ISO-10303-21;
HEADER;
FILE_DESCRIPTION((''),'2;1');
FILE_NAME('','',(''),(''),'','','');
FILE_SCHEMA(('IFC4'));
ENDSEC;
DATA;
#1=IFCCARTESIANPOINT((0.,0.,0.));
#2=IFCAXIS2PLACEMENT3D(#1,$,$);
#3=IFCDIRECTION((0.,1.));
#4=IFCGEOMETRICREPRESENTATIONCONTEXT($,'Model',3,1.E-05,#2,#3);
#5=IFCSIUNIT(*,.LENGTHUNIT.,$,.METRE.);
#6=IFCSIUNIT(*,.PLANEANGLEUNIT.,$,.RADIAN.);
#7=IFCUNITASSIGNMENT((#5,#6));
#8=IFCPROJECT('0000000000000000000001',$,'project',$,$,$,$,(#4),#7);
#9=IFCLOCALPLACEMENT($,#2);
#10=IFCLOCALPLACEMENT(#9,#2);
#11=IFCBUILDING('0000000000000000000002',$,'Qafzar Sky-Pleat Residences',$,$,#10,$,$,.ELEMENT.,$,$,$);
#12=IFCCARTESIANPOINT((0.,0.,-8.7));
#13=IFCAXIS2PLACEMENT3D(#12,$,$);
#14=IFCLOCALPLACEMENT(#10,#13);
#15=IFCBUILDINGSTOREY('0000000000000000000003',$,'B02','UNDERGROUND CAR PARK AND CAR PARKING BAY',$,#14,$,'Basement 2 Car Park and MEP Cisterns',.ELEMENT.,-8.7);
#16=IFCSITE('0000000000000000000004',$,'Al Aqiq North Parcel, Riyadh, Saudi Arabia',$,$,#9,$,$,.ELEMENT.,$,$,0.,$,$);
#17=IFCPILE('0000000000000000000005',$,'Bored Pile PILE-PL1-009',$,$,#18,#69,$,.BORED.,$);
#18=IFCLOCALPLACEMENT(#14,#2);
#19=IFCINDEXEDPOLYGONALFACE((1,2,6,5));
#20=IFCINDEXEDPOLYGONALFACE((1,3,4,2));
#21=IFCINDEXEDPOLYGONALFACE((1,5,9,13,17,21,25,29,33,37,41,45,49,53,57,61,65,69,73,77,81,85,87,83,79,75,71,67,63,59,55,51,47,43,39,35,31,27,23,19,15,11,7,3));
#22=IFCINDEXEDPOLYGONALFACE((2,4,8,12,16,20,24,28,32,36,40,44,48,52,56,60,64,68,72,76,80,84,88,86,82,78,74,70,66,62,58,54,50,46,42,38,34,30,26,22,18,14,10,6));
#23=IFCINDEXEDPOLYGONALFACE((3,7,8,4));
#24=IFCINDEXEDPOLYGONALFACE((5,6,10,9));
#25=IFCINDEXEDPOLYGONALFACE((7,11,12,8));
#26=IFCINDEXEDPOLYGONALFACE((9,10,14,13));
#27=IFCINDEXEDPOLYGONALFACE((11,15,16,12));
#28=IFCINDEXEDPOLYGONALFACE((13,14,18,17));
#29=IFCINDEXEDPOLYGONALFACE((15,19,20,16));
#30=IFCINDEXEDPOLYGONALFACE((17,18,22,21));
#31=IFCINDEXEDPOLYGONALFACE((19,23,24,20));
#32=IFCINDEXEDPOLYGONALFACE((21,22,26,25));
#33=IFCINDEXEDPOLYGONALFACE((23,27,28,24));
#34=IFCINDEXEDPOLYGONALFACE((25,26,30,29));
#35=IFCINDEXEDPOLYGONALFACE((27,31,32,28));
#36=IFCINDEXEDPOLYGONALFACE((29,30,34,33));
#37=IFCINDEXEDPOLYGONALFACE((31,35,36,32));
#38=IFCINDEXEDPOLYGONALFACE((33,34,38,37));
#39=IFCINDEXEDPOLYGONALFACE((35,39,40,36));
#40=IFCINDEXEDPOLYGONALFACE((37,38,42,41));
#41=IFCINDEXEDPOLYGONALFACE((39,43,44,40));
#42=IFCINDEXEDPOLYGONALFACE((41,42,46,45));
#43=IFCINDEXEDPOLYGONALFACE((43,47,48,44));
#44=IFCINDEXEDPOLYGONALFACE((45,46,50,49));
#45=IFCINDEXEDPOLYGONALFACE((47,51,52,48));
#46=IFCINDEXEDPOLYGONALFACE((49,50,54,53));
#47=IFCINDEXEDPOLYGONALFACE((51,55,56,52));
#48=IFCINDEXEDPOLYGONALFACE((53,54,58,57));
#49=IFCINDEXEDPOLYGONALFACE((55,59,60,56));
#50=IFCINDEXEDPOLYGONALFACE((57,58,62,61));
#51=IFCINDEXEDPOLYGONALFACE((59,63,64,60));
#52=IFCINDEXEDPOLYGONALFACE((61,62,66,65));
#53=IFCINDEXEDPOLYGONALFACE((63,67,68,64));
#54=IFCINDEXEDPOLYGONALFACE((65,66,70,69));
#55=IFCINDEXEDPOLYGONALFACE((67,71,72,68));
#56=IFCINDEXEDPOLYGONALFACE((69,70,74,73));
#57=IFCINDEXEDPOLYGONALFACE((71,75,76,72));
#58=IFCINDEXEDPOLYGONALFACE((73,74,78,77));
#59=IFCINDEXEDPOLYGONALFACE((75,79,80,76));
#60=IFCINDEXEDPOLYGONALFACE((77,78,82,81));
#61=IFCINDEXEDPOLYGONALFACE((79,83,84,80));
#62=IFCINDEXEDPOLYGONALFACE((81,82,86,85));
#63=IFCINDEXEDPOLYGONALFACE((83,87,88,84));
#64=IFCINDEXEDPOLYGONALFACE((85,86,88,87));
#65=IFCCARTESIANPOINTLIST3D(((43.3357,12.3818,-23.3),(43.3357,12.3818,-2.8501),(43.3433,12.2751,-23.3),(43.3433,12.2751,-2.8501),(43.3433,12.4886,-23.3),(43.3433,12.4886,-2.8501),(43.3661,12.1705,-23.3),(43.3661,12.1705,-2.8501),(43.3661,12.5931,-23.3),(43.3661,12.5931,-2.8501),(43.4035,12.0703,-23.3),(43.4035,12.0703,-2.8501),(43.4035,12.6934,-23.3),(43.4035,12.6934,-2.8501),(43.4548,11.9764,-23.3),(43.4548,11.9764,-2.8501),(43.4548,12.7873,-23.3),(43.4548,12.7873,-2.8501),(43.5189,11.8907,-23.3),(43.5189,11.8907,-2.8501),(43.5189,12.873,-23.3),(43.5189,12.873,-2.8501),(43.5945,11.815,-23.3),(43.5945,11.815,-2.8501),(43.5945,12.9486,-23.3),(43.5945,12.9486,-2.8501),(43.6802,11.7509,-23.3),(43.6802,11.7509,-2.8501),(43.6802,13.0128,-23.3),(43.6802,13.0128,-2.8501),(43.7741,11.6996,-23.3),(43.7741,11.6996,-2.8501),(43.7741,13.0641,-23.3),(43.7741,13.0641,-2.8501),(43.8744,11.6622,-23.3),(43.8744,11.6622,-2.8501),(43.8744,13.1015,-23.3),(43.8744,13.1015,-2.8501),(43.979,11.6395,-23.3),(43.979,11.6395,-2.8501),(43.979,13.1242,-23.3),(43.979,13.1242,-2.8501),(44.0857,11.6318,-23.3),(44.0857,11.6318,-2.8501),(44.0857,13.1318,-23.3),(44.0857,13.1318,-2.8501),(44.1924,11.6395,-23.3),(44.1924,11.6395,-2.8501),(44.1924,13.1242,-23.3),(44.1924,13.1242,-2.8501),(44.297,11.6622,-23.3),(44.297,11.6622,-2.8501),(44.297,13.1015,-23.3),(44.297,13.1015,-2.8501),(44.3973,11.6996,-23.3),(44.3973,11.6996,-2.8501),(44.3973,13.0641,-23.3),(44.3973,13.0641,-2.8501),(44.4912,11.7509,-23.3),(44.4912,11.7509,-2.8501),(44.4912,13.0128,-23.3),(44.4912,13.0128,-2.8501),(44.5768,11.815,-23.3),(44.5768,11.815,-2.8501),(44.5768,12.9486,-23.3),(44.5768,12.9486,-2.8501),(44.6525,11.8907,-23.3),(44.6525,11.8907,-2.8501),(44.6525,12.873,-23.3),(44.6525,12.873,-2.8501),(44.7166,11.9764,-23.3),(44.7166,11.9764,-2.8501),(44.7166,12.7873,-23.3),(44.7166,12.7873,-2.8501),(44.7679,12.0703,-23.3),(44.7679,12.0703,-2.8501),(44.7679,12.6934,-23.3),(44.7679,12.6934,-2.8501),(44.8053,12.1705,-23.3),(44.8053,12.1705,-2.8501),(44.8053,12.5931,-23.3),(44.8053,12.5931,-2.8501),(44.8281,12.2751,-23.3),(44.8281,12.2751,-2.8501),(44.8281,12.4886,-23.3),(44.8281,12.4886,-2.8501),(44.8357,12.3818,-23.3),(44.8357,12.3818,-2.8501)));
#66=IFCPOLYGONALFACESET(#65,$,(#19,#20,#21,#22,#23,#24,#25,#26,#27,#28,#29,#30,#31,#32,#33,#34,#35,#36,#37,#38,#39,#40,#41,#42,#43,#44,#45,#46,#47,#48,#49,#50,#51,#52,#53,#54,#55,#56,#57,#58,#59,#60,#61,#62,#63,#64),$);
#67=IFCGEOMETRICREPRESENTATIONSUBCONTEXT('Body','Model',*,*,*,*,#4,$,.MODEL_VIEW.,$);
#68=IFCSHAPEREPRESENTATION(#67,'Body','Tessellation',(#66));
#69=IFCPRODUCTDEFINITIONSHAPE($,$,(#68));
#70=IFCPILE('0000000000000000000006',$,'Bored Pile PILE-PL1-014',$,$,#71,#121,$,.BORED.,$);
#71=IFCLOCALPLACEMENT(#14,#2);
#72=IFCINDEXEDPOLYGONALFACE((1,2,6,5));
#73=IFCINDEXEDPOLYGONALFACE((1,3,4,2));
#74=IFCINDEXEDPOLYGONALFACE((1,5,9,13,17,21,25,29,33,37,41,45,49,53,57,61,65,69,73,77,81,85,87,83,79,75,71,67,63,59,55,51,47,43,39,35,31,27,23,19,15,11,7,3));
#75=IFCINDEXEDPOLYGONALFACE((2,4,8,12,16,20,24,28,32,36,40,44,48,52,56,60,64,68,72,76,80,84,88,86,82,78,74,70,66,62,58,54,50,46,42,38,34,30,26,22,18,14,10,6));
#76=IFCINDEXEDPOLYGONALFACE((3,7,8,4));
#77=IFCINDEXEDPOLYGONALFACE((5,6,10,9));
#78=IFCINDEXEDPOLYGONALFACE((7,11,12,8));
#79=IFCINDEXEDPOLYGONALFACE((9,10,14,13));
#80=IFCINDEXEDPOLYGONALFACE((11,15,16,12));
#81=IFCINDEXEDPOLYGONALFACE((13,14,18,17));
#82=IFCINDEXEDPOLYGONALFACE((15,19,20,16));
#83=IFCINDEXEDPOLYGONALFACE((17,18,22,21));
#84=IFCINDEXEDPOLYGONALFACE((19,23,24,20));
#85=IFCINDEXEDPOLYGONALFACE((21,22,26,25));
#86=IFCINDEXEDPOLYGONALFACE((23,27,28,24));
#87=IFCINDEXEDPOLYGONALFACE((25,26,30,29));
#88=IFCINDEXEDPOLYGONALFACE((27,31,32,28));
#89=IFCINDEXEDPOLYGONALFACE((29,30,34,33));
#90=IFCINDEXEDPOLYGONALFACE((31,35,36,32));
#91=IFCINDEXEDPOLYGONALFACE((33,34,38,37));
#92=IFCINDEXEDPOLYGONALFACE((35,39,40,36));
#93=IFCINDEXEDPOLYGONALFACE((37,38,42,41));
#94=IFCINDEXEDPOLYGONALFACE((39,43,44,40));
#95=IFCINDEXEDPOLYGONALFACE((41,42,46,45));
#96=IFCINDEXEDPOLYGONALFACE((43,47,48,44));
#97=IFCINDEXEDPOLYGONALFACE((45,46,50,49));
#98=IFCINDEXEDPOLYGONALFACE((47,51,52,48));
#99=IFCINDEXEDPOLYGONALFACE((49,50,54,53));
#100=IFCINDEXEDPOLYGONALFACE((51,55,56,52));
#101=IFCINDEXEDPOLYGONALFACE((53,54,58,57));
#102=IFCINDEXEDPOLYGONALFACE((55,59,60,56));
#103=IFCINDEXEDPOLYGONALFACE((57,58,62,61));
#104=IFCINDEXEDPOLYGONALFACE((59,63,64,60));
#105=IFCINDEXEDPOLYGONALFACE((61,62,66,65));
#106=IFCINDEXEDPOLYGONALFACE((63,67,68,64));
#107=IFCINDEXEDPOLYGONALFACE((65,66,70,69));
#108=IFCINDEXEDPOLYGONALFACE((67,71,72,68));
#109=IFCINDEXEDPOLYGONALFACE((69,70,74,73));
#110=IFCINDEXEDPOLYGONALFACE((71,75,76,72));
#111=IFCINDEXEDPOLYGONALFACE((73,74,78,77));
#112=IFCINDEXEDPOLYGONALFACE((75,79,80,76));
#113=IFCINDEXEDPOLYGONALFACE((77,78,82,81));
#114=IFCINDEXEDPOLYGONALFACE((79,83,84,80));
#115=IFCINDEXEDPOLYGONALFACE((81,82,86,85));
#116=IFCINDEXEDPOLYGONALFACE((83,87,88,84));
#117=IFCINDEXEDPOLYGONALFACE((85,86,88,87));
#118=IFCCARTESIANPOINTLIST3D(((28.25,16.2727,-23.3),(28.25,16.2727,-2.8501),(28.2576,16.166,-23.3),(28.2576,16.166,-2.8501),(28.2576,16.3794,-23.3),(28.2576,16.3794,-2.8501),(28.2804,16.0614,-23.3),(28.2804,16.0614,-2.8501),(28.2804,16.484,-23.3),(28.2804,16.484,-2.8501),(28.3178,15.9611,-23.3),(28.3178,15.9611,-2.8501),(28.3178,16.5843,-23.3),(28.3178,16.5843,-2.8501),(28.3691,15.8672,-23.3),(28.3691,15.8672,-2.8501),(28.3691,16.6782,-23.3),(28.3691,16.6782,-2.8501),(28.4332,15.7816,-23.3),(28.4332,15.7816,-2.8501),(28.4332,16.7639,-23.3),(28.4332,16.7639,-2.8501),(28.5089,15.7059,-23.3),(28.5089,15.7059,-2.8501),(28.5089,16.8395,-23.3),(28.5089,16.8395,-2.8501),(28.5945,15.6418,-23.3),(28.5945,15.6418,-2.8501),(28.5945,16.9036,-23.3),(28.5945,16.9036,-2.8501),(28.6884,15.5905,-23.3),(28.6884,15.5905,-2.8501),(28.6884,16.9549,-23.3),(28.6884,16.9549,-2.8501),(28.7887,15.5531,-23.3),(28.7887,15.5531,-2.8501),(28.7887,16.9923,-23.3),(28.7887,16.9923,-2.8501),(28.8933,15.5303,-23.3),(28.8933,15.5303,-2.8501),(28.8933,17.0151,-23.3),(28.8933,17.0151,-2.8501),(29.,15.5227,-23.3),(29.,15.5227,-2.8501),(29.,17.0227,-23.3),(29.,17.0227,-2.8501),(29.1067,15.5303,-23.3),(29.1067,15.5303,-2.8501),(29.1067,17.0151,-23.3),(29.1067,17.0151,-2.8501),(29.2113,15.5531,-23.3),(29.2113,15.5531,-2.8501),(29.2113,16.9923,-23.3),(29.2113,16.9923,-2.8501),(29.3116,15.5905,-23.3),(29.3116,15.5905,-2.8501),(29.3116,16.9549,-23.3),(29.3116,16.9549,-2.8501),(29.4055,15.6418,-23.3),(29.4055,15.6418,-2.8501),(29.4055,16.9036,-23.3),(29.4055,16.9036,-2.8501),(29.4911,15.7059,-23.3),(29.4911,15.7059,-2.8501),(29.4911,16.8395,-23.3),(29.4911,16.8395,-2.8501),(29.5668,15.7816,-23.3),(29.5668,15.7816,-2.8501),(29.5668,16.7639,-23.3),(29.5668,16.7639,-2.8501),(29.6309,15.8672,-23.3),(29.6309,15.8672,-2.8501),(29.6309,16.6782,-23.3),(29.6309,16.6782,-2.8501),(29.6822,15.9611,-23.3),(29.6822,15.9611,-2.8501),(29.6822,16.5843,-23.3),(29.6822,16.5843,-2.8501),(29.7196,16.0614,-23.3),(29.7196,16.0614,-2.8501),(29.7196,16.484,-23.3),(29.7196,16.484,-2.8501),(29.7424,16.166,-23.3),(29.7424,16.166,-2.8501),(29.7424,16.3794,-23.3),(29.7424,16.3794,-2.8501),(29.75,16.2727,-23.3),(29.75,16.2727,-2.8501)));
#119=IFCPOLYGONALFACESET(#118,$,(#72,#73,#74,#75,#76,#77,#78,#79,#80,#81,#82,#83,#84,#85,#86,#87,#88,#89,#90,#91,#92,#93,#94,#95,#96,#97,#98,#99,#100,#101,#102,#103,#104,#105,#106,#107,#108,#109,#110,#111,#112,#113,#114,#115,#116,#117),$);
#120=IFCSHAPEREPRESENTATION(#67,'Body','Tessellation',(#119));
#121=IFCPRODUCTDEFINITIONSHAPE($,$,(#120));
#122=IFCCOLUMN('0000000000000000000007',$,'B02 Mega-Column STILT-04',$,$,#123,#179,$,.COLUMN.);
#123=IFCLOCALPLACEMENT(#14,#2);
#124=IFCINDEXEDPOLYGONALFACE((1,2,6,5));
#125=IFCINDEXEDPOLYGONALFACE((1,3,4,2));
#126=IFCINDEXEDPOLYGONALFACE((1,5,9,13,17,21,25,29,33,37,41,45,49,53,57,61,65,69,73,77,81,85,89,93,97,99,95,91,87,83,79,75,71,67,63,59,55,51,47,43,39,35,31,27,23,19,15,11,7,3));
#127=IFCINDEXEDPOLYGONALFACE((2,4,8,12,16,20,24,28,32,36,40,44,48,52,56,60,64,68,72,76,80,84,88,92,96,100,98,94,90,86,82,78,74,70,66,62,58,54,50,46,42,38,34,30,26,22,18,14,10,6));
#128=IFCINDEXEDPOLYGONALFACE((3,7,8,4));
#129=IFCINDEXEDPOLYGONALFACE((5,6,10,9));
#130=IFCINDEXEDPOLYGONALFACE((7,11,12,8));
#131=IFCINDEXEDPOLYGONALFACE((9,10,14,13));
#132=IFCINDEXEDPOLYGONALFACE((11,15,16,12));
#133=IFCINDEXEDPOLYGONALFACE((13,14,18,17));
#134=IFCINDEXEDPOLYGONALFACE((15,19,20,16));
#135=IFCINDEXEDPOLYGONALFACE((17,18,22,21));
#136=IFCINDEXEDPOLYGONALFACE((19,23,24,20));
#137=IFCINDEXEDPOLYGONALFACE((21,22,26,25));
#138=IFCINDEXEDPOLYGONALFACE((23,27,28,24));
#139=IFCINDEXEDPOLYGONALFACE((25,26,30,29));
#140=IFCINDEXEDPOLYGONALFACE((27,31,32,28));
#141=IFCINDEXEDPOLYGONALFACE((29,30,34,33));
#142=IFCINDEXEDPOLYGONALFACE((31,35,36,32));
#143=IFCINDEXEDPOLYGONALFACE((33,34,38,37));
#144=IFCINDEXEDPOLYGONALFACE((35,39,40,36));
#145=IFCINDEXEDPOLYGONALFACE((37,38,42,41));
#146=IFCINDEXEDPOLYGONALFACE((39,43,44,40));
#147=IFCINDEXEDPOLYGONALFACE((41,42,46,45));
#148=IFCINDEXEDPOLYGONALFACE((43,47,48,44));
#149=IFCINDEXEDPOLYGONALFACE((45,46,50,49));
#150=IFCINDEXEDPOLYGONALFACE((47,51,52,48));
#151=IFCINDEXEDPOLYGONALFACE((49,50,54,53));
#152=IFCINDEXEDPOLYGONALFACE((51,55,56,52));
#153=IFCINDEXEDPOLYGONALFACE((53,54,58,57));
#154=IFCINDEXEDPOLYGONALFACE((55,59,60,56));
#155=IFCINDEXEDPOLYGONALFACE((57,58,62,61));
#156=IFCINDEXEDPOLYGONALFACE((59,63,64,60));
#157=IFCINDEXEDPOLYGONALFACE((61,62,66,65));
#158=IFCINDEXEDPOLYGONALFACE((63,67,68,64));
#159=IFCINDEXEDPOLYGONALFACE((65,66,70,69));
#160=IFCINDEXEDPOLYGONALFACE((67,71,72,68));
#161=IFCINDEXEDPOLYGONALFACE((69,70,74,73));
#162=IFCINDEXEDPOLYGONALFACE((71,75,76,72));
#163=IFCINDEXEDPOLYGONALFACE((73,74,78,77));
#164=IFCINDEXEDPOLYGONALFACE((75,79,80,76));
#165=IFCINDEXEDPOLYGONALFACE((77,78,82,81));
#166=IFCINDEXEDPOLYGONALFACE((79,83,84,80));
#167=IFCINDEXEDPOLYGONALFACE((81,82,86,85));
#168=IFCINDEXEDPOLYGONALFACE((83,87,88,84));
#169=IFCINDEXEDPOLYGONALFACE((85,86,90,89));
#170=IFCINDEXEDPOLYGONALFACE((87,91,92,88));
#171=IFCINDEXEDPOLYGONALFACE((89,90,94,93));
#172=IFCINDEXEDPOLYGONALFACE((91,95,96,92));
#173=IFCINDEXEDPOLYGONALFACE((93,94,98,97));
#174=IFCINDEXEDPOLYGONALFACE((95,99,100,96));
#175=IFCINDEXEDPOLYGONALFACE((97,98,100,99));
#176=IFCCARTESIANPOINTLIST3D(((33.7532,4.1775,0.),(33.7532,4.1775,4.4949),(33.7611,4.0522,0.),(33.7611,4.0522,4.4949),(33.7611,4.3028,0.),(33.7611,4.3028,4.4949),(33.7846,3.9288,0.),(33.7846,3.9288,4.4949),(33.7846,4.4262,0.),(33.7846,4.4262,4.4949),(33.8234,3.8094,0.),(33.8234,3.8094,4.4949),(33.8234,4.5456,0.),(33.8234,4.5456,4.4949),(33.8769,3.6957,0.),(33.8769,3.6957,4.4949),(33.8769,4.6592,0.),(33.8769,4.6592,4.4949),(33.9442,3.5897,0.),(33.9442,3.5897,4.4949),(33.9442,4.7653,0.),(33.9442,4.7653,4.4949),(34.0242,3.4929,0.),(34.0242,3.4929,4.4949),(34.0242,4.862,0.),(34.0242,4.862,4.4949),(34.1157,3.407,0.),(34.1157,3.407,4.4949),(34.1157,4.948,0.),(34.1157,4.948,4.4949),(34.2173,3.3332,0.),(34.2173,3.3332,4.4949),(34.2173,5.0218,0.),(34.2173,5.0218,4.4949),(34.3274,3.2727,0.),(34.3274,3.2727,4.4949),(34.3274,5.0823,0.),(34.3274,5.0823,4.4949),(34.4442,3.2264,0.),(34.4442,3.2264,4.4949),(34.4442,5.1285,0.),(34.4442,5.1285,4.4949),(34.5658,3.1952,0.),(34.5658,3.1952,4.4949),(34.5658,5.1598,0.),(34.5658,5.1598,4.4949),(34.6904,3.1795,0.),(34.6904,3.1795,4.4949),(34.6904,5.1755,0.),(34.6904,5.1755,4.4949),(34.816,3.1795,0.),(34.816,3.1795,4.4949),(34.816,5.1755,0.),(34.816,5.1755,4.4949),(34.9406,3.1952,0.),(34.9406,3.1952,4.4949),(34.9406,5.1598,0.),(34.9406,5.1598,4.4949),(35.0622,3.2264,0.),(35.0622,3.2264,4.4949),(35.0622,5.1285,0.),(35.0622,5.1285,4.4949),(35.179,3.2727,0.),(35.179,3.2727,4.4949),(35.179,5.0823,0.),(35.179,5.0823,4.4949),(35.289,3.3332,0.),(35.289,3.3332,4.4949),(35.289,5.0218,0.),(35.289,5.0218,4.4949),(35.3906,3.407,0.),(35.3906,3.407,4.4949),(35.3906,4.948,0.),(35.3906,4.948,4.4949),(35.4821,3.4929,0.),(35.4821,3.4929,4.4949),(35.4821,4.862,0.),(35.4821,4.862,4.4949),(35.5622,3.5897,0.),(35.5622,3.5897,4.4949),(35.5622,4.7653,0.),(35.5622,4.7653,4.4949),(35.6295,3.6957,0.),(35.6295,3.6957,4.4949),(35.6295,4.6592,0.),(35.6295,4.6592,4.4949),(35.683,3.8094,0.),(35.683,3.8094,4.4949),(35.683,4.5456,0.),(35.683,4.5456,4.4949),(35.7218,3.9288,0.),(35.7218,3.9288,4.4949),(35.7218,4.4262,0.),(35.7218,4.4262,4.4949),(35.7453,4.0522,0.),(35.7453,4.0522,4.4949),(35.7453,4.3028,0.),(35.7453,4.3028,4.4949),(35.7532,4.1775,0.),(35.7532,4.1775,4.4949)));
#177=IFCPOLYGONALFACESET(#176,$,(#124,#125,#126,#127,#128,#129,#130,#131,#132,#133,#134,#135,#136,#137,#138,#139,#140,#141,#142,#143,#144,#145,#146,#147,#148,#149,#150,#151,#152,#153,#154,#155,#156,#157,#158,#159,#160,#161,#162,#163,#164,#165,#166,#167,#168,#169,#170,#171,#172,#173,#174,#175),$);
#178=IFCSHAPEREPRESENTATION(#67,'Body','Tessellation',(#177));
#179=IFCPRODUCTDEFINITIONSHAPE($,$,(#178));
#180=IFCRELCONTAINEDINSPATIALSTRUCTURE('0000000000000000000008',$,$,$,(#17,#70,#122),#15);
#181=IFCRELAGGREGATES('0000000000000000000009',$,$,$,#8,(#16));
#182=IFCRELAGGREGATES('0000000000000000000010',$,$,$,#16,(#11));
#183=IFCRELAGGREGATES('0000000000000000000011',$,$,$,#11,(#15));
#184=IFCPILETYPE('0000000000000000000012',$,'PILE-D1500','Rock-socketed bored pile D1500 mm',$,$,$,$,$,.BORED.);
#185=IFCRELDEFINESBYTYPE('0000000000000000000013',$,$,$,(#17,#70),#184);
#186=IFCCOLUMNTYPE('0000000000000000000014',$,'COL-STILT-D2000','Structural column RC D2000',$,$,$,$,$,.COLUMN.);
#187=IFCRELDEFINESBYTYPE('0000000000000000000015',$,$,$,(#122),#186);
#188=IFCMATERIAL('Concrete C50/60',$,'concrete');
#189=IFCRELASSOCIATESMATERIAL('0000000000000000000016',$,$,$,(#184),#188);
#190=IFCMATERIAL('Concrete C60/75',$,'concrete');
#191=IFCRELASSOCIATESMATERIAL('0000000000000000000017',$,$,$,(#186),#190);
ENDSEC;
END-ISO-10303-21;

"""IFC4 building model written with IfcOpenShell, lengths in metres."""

from ifc_helpers import new_model, si_unit, direction, frame, origin, origin_2d, place, context, subcontext, project, spatial, circle, extrude, source, transform, mapped, material, material_profile, profile_set, type_object, element, save


model = new_model("IFC4")

# Units and contexts
model_context = context("Model", 3, precision=1e-05, world=origin(), true_north=direction((0.0, 1.0)))
body_context = subcontext(model_context, "Body", "Model", "MODEL_VIEW")
ifc_project = project(units=[si_unit("LENGTHUNIT", "METRE"), si_unit("PLANEANGLEUNIT", "RADIAN")], contexts=[model_context])

# Site, building, storey
site_placement = place(None, origin())
site = spatial("IfcSite", under=ifc_project, at=site_placement, Name="Al Aqiq North Parcel, Riyadh, Saudi Arabia", CompositionType="ELEMENT", RefElevation=0.0)
building_placement = place(site_placement, origin())
building = spatial("IfcBuilding", under=site, at=building_placement, Name="Qafzar Sky-Pleat Residences", CompositionType="ELEMENT")
storey_placement = place(building_placement, frame((0.0, 0.0, -8.7)))
storey = spatial("IfcBuildingStorey", under=building, at=storey_placement, Name="B02", Description="UNDERGROUND CAR PARK AND CAR PARKING BAY", LongName="Basement 2 Car Park and MEP Cisterns", CompositionType="ELEMENT", Elevation=-8.7)

# Piles
ifc_material_1 = material(Name="Concrete C50/60", Category="concrete")
ifc_material_profile_1 = material_profile(ifc_material_1, circle(Radius=0.75, at=origin_2d()), Name="PILE D1500")
ifc_profile_set_1 = profile_set([ifc_material_profile_1], Name="Concrete C50/60")
pile_type_1 = type_object("IfcPileType", Name="PILE-D1500", Description="Rock-socketed bored pile D1500 mm", PredefinedType="BORED", material=ifc_profile_set_1)
shared_shape_1 = source(origin(), body_context, "Body", "SweptSolid", [
    extrude(circle(Radius=0.75, at=origin_2d()), origin(), (0.0, 0.0, 1.0), 20.45),
])
for number, where, z_axis, x_axis, name in (
    (1, (44.0857, 12.3818, -2.8501), (0.0, 0.0, -1.0), (1.0, 0.0, 0.0), "Bored Pile PILE-PL1-009"),
    (2, (29.0, 16.2727, -2.8501), (0.0, 0.0, -1.0), (1.0, 0.0, 0.0), "Bored Pile PILE-PL1-014"),
):
    element("IfcPile", number, at=place(storey_placement, frame(where, z_axis=z_axis, x_axis=x_axis)), inside=storey, type_object=pile_type_1, Name=name, PredefinedType="BORED", context=body_context, shape_type="MappedRepresentation", body=[
        mapped(shared_shape_1, transform((0.0, 0.0, 0.0), x_axis=(1.0, 0.0, 0.0), y_axis=(0.0, 1.0, 0.0), z_axis=(0.0, 0.0, 1.0), scale=1.0)),
    ])

# Column
ifc_material_2 = material(Name="Concrete C60/75", Category="concrete")
ifc_material_profile_2 = material_profile(ifc_material_2, circle(Radius=1.0, at=origin_2d()), Name="RC D2000")
ifc_profile_set_2 = profile_set([ifc_material_profile_2], Name="Concrete C60/75")
column_type_1 = type_object("IfcColumnType", Name="COL-STILT-D2000", Description="Structural column RC D2000", PredefinedType="COLUMN", material=ifc_profile_set_2)
shared_shape_2 = source(origin(), body_context, "Body", "SweptSolid", [
    extrude(circle(Radius=1.0, at=origin_2d()), origin(), (0.0, 0.0, 1.0), 4.4949),
])
column_1_placement = place(storey_placement, frame((34.7532, 4.1775, 0.0), z_axis=(0.0, 0.0, 1.0), x_axis=(1.0, 0.0, 0.0)))
element("IfcColumn", 3, at=column_1_placement, inside=storey, type_object=column_type_1, Name="B02 Mega-Column STILT-04", PredefinedType="COLUMN", context=body_context, shape_type="MappedRepresentation", body=[
    mapped(shared_shape_2, transform((0.0, 0.0, 0.0), x_axis=(1.0, 0.0, 0.0), y_axis=(0.0, 1.0, 0.0), z_axis=(0.0, 0.0, 1.0), scale=1.0)),
])

save(model, "model.ifc")
